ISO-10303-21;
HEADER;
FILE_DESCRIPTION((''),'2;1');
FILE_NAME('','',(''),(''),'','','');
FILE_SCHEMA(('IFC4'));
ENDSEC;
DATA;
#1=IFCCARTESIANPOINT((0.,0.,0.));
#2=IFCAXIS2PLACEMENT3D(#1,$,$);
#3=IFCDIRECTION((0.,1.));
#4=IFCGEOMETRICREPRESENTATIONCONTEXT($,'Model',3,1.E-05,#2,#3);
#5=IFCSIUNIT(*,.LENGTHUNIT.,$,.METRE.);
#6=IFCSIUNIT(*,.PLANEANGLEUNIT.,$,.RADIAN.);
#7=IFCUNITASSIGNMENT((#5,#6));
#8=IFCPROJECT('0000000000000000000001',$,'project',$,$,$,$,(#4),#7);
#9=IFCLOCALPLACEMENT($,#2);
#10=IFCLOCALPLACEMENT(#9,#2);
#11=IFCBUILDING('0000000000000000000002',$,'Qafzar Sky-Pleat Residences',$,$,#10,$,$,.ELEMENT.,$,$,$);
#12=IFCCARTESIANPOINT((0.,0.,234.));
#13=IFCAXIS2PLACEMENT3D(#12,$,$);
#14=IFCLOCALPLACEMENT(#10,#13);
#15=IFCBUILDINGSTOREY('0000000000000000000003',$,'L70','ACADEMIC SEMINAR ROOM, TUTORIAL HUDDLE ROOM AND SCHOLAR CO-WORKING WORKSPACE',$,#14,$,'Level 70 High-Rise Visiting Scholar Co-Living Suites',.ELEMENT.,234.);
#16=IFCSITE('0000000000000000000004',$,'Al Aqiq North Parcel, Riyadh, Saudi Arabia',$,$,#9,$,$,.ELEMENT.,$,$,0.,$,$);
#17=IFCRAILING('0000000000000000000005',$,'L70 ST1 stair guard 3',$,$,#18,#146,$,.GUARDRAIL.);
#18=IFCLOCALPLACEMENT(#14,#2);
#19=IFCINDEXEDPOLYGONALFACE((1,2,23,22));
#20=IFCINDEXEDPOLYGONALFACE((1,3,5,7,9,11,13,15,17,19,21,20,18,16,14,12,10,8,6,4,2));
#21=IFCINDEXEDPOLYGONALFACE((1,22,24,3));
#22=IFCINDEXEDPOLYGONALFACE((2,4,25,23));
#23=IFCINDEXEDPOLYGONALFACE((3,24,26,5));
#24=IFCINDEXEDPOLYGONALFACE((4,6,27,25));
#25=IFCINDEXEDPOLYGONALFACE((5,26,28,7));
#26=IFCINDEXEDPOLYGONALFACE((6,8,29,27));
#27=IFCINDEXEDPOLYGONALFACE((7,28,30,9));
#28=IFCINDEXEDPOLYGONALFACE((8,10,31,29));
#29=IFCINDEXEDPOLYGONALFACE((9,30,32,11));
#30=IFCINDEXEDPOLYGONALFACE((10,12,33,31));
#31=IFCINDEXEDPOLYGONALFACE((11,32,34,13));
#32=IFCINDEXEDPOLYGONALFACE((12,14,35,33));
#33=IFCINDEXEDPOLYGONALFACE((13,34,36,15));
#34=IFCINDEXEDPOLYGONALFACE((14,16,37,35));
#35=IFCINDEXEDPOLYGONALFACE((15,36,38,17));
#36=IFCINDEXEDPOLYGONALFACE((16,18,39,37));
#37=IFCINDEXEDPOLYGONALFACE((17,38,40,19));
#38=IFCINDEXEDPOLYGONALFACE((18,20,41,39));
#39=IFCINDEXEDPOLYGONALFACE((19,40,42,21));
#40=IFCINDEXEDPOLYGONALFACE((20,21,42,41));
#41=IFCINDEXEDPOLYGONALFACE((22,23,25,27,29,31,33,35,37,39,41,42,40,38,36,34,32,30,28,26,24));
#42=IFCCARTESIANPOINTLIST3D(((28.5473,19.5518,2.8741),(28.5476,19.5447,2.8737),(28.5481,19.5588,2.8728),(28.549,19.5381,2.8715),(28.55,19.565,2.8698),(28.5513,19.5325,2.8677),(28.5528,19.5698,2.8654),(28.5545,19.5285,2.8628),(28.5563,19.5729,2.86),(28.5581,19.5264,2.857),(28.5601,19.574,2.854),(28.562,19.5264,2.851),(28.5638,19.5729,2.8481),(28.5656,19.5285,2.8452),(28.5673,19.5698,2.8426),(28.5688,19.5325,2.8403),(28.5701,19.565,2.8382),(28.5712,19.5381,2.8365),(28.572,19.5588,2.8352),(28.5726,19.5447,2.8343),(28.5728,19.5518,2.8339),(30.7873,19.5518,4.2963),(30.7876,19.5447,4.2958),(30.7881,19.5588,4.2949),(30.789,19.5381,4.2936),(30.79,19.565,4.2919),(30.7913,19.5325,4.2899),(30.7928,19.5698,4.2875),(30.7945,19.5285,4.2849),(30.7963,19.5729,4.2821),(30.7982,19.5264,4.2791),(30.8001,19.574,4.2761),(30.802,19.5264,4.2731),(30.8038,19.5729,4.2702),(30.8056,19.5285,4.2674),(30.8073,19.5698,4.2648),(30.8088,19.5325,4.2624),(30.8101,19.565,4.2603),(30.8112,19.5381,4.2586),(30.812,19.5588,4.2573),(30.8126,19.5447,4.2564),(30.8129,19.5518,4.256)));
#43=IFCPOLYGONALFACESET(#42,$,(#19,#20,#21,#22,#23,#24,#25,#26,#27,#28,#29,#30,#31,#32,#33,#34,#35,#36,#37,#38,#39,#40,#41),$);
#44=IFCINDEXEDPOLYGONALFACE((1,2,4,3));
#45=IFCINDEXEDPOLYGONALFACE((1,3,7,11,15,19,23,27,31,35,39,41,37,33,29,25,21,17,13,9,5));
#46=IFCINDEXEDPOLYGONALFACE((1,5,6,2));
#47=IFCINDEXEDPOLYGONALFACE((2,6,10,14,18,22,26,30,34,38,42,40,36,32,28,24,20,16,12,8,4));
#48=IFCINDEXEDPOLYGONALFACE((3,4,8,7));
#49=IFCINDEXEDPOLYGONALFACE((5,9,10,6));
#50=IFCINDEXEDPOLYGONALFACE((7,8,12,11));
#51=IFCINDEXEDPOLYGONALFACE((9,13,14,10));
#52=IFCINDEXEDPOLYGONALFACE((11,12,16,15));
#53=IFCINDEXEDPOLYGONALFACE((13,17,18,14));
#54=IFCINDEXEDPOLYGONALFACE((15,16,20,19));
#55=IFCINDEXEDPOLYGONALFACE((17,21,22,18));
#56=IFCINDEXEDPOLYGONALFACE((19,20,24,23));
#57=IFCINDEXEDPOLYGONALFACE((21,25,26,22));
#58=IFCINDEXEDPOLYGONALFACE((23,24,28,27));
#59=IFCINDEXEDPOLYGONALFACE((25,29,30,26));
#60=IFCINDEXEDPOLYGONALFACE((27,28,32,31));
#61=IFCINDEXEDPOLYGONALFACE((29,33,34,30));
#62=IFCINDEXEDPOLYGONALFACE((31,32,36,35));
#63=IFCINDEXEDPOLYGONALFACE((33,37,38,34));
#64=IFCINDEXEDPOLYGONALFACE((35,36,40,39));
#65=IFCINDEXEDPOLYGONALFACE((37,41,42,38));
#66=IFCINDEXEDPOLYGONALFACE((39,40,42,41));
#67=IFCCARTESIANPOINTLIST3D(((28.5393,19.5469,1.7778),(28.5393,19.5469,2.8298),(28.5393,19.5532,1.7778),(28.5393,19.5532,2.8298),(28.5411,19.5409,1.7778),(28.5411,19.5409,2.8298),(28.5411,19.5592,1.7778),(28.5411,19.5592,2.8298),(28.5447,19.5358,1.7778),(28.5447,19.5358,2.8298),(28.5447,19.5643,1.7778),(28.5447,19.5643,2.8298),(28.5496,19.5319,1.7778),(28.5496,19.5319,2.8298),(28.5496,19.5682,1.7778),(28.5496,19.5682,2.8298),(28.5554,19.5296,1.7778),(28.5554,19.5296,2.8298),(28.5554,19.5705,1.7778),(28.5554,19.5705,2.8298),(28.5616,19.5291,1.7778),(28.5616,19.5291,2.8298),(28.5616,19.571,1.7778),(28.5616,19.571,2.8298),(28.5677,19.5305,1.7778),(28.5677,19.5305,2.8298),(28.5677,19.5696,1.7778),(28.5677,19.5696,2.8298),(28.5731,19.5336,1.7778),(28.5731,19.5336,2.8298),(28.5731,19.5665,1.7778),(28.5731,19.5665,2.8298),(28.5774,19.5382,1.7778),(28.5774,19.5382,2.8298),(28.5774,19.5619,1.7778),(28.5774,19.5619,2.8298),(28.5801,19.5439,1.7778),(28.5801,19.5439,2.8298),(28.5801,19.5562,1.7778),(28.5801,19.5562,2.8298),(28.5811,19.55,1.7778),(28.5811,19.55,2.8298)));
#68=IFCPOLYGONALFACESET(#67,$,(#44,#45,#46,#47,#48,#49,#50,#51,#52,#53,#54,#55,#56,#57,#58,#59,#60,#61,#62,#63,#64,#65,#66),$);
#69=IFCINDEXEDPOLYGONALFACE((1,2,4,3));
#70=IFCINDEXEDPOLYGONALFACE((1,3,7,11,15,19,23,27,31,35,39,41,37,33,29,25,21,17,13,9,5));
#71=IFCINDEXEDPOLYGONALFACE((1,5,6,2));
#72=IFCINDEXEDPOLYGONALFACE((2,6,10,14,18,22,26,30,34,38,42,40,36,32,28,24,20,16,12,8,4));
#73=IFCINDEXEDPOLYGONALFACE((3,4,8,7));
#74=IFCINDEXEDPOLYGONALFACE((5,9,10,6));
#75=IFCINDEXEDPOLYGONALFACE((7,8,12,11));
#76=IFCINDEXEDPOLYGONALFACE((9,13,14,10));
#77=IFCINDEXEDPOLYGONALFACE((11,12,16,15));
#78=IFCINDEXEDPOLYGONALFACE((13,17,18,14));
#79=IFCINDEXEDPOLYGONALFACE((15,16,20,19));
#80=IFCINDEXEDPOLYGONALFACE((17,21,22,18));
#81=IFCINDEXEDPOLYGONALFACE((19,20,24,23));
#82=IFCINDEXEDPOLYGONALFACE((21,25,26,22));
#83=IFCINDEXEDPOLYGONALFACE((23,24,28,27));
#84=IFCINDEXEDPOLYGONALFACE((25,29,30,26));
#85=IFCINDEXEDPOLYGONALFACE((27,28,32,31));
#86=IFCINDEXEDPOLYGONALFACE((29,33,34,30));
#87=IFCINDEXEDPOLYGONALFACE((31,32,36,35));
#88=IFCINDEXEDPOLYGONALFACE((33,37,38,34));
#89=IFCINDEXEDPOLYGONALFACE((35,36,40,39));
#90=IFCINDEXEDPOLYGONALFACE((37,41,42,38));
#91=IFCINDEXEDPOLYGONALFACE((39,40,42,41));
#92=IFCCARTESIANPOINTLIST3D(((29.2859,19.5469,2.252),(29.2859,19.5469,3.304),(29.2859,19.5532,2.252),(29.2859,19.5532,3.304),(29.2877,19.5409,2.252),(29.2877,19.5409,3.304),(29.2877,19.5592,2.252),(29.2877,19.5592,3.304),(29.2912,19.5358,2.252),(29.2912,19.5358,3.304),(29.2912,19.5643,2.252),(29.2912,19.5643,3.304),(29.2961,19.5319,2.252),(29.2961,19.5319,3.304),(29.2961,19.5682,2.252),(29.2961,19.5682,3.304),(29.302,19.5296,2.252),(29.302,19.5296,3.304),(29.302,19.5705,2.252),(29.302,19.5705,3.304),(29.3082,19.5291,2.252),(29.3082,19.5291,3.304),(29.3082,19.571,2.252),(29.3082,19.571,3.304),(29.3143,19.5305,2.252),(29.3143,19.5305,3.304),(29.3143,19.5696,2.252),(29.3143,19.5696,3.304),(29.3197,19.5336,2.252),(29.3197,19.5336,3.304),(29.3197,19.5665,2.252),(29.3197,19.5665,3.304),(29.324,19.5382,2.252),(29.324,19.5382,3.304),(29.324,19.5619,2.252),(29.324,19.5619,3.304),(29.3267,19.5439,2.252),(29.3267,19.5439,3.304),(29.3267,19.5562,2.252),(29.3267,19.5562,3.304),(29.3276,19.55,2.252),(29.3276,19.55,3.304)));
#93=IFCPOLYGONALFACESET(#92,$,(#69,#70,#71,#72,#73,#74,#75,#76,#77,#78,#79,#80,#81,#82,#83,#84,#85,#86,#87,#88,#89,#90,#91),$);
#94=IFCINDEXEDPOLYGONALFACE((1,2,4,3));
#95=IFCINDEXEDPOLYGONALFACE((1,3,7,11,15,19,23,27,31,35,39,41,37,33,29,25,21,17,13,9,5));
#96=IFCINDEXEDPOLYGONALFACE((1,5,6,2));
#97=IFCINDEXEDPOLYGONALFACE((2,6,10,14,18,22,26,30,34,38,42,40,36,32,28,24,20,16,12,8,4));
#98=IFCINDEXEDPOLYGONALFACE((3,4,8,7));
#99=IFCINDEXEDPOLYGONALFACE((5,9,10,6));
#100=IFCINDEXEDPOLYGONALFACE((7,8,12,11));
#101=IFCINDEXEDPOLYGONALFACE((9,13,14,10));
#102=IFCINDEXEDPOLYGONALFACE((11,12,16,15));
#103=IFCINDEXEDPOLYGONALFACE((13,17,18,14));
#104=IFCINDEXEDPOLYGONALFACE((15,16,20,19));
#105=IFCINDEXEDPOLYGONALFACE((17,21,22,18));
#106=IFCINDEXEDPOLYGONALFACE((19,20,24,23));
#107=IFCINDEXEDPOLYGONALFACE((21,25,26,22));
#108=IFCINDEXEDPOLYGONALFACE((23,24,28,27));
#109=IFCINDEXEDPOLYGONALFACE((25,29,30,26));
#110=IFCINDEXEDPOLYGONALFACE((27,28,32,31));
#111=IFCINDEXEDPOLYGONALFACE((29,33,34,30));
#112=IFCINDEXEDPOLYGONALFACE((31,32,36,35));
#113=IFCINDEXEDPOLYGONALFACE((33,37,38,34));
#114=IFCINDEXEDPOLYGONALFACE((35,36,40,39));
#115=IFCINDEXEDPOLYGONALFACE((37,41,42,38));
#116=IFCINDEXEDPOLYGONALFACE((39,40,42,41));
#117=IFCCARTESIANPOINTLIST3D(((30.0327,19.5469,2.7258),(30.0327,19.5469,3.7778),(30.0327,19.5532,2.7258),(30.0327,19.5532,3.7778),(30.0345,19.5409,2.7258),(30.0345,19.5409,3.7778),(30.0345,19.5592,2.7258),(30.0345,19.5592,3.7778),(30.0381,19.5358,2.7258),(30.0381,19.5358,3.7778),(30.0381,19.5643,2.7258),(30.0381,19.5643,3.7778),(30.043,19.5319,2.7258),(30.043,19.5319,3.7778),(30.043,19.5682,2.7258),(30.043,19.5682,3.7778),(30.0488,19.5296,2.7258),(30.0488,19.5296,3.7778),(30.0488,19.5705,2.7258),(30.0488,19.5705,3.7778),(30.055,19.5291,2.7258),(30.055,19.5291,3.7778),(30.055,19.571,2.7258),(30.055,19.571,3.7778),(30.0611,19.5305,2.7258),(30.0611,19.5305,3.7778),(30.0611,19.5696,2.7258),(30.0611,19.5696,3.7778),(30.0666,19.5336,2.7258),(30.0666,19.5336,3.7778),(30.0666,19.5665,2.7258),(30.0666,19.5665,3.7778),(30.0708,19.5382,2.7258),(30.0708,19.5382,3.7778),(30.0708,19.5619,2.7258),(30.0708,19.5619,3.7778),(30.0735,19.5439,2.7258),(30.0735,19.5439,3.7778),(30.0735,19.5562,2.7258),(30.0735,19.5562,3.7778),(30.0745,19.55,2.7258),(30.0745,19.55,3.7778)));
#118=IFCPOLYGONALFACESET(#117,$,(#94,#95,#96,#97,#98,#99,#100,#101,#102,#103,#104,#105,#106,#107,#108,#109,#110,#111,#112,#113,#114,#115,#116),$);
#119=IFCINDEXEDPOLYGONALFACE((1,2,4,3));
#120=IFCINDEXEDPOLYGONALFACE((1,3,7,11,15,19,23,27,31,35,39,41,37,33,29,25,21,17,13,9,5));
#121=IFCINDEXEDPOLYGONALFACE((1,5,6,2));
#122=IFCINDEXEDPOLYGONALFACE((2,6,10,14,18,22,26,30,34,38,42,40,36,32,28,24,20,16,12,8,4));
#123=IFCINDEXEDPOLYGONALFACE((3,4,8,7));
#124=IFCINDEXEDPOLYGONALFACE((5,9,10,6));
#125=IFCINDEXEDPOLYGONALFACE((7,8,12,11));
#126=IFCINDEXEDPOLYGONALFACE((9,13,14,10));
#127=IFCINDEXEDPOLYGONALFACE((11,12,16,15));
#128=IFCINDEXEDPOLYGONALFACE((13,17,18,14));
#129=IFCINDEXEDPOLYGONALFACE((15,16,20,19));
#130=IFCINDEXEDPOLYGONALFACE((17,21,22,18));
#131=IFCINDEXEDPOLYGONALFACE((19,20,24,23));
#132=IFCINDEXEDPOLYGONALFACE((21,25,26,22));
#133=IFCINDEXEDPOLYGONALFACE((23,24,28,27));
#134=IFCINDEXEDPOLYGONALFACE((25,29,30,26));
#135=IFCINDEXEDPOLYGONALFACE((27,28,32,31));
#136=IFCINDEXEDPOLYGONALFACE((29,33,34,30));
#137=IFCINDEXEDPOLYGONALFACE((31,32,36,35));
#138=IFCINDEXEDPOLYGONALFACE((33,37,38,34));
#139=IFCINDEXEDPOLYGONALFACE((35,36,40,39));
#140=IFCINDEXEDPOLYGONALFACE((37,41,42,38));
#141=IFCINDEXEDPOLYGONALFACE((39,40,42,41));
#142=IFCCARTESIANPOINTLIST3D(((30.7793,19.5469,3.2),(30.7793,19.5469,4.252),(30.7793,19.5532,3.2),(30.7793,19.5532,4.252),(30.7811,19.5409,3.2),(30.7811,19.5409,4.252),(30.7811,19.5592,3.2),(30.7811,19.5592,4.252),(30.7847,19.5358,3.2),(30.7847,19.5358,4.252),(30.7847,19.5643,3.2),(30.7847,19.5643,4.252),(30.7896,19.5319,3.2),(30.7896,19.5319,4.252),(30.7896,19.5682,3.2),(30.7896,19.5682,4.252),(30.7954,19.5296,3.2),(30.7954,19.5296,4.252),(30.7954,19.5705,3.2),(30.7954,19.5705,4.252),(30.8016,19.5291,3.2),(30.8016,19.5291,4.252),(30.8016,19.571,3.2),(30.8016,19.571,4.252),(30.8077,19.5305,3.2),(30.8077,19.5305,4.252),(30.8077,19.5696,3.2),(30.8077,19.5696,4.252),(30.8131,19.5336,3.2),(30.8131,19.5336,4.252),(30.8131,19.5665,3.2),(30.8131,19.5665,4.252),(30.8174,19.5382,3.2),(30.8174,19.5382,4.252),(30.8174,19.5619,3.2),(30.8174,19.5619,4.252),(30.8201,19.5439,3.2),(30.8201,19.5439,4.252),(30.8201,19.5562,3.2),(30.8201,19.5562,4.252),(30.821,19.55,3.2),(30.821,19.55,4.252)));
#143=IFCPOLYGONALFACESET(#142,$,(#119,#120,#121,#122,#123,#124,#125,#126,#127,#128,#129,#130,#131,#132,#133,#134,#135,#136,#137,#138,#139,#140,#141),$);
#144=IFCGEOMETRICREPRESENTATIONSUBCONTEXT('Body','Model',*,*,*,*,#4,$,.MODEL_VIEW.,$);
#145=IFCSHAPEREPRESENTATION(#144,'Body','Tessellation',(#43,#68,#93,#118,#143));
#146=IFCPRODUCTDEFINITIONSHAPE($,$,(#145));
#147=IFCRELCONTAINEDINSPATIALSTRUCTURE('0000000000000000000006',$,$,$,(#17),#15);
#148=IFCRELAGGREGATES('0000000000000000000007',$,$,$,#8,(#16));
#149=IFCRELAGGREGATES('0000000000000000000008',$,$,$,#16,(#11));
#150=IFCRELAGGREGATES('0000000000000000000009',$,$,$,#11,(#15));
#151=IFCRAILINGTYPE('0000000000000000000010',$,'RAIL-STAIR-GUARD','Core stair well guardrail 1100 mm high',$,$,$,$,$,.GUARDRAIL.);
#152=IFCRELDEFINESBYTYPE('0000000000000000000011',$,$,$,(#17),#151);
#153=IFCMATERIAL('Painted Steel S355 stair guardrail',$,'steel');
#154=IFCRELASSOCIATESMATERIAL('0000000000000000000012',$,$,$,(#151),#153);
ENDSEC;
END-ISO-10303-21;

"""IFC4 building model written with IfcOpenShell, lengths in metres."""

from ifc_helpers import new_model, si_unit, direction, frame, origin, origin_2d, place, context, subcontext, project, spatial, circle, extrude, source, transform, mapped, material, type_object, element, save


model = new_model("IFC4")

# Units and contexts
model_context = context("Model", 3, precision=1e-05, world=origin(), true_north=direction((0.0, 1.0)))
body_context = subcontext(model_context, "Body", "Model", "MODEL_VIEW")
ifc_project = project(units=[si_unit("LENGTHUNIT", "METRE"), si_unit("PLANEANGLEUNIT", "RADIAN")], contexts=[model_context])

# Site, building, storey
site_placement = place(None, origin())
site = spatial("IfcSite", under=ifc_project, at=site_placement, Name="Al Aqiq North Parcel, Riyadh, Saudi Arabia", CompositionType="ELEMENT", RefElevation=0.0)
building_placement = place(site_placement, origin())
building = spatial("IfcBuilding", under=site, at=building_placement, Name="Qafzar Sky-Pleat Residences", CompositionType="ELEMENT")
storey_placement = place(building_placement, frame((0.0, 0.0, 234.0)))
storey = spatial("IfcBuildingStorey", under=building, at=storey_placement, Name="L70", Description="ACADEMIC SEMINAR ROOM, TUTORIAL HUDDLE ROOM AND SCHOLAR CO-WORKING WORKSPACE", LongName="Level 70 High-Rise Visiting Scholar Co-Living Suites", CompositionType="ELEMENT", Elevation=234.0)

# Railing
ifc_material_1 = material(Name="Painted Steel S355 stair guardrail", Category="steel")
railing_type_1 = type_object("IfcRailingType", Name="RAIL-STAIR-GUARD", Description="Core stair well guardrail 1100 mm high", PredefinedType="GUARDRAIL", material=ifc_material_1)
shared_shape_1 = source(origin(), body_context, "Body", "SweptSolid", [
    extrude(circle(Radius=0.0239, at=origin_2d()), frame((0.0, 0.0, 1.0762), z_axis=(0.844229, 0.0, 0.535982), x_axis=(0.0, 1.0, 0.0)), (0.0, 0.0, 1.0), 2.6533),
    extrude(circle(Radius=0.021, at=origin_2d()), origin(), (0.0, 0.0, 1.0), 1.052),
    extrude(circle(Radius=0.021, at=origin_2d()), frame((0.7466, 0.0, 0.4741)), (0.0, 0.0, 1.0), 1.052),
    extrude(circle(Radius=0.021, at=origin_2d()), frame((1.4934, 0.0, 0.948)), (0.0, 0.0, 1.0), 1.052),
    extrude(circle(Radius=0.021, at=origin_2d()), frame((2.24, 0.0, 1.4221)), (0.0, 0.0, 1.0), 1.052),
])
railing_1_placement = place(storey_placement, frame((28.5601, 19.55, 1.7778)))
element("IfcRailing", 1, at=railing_1_placement, inside=storey, type_object=railing_type_1, Name="L70 ST1 stair guard 3", PredefinedType="GUARDRAIL", context=body_context, shape_type="MappedRepresentation", body=[
    mapped(shared_shape_1, transform((0.0, 0.0, 0.0), x_axis=(1.0, 0.0, 0.0), y_axis=(0.0, 1.0, 0.0), z_axis=(0.0, 0.0, 1.0), scale=1.0)),
])

save(model, "model.ifc")
